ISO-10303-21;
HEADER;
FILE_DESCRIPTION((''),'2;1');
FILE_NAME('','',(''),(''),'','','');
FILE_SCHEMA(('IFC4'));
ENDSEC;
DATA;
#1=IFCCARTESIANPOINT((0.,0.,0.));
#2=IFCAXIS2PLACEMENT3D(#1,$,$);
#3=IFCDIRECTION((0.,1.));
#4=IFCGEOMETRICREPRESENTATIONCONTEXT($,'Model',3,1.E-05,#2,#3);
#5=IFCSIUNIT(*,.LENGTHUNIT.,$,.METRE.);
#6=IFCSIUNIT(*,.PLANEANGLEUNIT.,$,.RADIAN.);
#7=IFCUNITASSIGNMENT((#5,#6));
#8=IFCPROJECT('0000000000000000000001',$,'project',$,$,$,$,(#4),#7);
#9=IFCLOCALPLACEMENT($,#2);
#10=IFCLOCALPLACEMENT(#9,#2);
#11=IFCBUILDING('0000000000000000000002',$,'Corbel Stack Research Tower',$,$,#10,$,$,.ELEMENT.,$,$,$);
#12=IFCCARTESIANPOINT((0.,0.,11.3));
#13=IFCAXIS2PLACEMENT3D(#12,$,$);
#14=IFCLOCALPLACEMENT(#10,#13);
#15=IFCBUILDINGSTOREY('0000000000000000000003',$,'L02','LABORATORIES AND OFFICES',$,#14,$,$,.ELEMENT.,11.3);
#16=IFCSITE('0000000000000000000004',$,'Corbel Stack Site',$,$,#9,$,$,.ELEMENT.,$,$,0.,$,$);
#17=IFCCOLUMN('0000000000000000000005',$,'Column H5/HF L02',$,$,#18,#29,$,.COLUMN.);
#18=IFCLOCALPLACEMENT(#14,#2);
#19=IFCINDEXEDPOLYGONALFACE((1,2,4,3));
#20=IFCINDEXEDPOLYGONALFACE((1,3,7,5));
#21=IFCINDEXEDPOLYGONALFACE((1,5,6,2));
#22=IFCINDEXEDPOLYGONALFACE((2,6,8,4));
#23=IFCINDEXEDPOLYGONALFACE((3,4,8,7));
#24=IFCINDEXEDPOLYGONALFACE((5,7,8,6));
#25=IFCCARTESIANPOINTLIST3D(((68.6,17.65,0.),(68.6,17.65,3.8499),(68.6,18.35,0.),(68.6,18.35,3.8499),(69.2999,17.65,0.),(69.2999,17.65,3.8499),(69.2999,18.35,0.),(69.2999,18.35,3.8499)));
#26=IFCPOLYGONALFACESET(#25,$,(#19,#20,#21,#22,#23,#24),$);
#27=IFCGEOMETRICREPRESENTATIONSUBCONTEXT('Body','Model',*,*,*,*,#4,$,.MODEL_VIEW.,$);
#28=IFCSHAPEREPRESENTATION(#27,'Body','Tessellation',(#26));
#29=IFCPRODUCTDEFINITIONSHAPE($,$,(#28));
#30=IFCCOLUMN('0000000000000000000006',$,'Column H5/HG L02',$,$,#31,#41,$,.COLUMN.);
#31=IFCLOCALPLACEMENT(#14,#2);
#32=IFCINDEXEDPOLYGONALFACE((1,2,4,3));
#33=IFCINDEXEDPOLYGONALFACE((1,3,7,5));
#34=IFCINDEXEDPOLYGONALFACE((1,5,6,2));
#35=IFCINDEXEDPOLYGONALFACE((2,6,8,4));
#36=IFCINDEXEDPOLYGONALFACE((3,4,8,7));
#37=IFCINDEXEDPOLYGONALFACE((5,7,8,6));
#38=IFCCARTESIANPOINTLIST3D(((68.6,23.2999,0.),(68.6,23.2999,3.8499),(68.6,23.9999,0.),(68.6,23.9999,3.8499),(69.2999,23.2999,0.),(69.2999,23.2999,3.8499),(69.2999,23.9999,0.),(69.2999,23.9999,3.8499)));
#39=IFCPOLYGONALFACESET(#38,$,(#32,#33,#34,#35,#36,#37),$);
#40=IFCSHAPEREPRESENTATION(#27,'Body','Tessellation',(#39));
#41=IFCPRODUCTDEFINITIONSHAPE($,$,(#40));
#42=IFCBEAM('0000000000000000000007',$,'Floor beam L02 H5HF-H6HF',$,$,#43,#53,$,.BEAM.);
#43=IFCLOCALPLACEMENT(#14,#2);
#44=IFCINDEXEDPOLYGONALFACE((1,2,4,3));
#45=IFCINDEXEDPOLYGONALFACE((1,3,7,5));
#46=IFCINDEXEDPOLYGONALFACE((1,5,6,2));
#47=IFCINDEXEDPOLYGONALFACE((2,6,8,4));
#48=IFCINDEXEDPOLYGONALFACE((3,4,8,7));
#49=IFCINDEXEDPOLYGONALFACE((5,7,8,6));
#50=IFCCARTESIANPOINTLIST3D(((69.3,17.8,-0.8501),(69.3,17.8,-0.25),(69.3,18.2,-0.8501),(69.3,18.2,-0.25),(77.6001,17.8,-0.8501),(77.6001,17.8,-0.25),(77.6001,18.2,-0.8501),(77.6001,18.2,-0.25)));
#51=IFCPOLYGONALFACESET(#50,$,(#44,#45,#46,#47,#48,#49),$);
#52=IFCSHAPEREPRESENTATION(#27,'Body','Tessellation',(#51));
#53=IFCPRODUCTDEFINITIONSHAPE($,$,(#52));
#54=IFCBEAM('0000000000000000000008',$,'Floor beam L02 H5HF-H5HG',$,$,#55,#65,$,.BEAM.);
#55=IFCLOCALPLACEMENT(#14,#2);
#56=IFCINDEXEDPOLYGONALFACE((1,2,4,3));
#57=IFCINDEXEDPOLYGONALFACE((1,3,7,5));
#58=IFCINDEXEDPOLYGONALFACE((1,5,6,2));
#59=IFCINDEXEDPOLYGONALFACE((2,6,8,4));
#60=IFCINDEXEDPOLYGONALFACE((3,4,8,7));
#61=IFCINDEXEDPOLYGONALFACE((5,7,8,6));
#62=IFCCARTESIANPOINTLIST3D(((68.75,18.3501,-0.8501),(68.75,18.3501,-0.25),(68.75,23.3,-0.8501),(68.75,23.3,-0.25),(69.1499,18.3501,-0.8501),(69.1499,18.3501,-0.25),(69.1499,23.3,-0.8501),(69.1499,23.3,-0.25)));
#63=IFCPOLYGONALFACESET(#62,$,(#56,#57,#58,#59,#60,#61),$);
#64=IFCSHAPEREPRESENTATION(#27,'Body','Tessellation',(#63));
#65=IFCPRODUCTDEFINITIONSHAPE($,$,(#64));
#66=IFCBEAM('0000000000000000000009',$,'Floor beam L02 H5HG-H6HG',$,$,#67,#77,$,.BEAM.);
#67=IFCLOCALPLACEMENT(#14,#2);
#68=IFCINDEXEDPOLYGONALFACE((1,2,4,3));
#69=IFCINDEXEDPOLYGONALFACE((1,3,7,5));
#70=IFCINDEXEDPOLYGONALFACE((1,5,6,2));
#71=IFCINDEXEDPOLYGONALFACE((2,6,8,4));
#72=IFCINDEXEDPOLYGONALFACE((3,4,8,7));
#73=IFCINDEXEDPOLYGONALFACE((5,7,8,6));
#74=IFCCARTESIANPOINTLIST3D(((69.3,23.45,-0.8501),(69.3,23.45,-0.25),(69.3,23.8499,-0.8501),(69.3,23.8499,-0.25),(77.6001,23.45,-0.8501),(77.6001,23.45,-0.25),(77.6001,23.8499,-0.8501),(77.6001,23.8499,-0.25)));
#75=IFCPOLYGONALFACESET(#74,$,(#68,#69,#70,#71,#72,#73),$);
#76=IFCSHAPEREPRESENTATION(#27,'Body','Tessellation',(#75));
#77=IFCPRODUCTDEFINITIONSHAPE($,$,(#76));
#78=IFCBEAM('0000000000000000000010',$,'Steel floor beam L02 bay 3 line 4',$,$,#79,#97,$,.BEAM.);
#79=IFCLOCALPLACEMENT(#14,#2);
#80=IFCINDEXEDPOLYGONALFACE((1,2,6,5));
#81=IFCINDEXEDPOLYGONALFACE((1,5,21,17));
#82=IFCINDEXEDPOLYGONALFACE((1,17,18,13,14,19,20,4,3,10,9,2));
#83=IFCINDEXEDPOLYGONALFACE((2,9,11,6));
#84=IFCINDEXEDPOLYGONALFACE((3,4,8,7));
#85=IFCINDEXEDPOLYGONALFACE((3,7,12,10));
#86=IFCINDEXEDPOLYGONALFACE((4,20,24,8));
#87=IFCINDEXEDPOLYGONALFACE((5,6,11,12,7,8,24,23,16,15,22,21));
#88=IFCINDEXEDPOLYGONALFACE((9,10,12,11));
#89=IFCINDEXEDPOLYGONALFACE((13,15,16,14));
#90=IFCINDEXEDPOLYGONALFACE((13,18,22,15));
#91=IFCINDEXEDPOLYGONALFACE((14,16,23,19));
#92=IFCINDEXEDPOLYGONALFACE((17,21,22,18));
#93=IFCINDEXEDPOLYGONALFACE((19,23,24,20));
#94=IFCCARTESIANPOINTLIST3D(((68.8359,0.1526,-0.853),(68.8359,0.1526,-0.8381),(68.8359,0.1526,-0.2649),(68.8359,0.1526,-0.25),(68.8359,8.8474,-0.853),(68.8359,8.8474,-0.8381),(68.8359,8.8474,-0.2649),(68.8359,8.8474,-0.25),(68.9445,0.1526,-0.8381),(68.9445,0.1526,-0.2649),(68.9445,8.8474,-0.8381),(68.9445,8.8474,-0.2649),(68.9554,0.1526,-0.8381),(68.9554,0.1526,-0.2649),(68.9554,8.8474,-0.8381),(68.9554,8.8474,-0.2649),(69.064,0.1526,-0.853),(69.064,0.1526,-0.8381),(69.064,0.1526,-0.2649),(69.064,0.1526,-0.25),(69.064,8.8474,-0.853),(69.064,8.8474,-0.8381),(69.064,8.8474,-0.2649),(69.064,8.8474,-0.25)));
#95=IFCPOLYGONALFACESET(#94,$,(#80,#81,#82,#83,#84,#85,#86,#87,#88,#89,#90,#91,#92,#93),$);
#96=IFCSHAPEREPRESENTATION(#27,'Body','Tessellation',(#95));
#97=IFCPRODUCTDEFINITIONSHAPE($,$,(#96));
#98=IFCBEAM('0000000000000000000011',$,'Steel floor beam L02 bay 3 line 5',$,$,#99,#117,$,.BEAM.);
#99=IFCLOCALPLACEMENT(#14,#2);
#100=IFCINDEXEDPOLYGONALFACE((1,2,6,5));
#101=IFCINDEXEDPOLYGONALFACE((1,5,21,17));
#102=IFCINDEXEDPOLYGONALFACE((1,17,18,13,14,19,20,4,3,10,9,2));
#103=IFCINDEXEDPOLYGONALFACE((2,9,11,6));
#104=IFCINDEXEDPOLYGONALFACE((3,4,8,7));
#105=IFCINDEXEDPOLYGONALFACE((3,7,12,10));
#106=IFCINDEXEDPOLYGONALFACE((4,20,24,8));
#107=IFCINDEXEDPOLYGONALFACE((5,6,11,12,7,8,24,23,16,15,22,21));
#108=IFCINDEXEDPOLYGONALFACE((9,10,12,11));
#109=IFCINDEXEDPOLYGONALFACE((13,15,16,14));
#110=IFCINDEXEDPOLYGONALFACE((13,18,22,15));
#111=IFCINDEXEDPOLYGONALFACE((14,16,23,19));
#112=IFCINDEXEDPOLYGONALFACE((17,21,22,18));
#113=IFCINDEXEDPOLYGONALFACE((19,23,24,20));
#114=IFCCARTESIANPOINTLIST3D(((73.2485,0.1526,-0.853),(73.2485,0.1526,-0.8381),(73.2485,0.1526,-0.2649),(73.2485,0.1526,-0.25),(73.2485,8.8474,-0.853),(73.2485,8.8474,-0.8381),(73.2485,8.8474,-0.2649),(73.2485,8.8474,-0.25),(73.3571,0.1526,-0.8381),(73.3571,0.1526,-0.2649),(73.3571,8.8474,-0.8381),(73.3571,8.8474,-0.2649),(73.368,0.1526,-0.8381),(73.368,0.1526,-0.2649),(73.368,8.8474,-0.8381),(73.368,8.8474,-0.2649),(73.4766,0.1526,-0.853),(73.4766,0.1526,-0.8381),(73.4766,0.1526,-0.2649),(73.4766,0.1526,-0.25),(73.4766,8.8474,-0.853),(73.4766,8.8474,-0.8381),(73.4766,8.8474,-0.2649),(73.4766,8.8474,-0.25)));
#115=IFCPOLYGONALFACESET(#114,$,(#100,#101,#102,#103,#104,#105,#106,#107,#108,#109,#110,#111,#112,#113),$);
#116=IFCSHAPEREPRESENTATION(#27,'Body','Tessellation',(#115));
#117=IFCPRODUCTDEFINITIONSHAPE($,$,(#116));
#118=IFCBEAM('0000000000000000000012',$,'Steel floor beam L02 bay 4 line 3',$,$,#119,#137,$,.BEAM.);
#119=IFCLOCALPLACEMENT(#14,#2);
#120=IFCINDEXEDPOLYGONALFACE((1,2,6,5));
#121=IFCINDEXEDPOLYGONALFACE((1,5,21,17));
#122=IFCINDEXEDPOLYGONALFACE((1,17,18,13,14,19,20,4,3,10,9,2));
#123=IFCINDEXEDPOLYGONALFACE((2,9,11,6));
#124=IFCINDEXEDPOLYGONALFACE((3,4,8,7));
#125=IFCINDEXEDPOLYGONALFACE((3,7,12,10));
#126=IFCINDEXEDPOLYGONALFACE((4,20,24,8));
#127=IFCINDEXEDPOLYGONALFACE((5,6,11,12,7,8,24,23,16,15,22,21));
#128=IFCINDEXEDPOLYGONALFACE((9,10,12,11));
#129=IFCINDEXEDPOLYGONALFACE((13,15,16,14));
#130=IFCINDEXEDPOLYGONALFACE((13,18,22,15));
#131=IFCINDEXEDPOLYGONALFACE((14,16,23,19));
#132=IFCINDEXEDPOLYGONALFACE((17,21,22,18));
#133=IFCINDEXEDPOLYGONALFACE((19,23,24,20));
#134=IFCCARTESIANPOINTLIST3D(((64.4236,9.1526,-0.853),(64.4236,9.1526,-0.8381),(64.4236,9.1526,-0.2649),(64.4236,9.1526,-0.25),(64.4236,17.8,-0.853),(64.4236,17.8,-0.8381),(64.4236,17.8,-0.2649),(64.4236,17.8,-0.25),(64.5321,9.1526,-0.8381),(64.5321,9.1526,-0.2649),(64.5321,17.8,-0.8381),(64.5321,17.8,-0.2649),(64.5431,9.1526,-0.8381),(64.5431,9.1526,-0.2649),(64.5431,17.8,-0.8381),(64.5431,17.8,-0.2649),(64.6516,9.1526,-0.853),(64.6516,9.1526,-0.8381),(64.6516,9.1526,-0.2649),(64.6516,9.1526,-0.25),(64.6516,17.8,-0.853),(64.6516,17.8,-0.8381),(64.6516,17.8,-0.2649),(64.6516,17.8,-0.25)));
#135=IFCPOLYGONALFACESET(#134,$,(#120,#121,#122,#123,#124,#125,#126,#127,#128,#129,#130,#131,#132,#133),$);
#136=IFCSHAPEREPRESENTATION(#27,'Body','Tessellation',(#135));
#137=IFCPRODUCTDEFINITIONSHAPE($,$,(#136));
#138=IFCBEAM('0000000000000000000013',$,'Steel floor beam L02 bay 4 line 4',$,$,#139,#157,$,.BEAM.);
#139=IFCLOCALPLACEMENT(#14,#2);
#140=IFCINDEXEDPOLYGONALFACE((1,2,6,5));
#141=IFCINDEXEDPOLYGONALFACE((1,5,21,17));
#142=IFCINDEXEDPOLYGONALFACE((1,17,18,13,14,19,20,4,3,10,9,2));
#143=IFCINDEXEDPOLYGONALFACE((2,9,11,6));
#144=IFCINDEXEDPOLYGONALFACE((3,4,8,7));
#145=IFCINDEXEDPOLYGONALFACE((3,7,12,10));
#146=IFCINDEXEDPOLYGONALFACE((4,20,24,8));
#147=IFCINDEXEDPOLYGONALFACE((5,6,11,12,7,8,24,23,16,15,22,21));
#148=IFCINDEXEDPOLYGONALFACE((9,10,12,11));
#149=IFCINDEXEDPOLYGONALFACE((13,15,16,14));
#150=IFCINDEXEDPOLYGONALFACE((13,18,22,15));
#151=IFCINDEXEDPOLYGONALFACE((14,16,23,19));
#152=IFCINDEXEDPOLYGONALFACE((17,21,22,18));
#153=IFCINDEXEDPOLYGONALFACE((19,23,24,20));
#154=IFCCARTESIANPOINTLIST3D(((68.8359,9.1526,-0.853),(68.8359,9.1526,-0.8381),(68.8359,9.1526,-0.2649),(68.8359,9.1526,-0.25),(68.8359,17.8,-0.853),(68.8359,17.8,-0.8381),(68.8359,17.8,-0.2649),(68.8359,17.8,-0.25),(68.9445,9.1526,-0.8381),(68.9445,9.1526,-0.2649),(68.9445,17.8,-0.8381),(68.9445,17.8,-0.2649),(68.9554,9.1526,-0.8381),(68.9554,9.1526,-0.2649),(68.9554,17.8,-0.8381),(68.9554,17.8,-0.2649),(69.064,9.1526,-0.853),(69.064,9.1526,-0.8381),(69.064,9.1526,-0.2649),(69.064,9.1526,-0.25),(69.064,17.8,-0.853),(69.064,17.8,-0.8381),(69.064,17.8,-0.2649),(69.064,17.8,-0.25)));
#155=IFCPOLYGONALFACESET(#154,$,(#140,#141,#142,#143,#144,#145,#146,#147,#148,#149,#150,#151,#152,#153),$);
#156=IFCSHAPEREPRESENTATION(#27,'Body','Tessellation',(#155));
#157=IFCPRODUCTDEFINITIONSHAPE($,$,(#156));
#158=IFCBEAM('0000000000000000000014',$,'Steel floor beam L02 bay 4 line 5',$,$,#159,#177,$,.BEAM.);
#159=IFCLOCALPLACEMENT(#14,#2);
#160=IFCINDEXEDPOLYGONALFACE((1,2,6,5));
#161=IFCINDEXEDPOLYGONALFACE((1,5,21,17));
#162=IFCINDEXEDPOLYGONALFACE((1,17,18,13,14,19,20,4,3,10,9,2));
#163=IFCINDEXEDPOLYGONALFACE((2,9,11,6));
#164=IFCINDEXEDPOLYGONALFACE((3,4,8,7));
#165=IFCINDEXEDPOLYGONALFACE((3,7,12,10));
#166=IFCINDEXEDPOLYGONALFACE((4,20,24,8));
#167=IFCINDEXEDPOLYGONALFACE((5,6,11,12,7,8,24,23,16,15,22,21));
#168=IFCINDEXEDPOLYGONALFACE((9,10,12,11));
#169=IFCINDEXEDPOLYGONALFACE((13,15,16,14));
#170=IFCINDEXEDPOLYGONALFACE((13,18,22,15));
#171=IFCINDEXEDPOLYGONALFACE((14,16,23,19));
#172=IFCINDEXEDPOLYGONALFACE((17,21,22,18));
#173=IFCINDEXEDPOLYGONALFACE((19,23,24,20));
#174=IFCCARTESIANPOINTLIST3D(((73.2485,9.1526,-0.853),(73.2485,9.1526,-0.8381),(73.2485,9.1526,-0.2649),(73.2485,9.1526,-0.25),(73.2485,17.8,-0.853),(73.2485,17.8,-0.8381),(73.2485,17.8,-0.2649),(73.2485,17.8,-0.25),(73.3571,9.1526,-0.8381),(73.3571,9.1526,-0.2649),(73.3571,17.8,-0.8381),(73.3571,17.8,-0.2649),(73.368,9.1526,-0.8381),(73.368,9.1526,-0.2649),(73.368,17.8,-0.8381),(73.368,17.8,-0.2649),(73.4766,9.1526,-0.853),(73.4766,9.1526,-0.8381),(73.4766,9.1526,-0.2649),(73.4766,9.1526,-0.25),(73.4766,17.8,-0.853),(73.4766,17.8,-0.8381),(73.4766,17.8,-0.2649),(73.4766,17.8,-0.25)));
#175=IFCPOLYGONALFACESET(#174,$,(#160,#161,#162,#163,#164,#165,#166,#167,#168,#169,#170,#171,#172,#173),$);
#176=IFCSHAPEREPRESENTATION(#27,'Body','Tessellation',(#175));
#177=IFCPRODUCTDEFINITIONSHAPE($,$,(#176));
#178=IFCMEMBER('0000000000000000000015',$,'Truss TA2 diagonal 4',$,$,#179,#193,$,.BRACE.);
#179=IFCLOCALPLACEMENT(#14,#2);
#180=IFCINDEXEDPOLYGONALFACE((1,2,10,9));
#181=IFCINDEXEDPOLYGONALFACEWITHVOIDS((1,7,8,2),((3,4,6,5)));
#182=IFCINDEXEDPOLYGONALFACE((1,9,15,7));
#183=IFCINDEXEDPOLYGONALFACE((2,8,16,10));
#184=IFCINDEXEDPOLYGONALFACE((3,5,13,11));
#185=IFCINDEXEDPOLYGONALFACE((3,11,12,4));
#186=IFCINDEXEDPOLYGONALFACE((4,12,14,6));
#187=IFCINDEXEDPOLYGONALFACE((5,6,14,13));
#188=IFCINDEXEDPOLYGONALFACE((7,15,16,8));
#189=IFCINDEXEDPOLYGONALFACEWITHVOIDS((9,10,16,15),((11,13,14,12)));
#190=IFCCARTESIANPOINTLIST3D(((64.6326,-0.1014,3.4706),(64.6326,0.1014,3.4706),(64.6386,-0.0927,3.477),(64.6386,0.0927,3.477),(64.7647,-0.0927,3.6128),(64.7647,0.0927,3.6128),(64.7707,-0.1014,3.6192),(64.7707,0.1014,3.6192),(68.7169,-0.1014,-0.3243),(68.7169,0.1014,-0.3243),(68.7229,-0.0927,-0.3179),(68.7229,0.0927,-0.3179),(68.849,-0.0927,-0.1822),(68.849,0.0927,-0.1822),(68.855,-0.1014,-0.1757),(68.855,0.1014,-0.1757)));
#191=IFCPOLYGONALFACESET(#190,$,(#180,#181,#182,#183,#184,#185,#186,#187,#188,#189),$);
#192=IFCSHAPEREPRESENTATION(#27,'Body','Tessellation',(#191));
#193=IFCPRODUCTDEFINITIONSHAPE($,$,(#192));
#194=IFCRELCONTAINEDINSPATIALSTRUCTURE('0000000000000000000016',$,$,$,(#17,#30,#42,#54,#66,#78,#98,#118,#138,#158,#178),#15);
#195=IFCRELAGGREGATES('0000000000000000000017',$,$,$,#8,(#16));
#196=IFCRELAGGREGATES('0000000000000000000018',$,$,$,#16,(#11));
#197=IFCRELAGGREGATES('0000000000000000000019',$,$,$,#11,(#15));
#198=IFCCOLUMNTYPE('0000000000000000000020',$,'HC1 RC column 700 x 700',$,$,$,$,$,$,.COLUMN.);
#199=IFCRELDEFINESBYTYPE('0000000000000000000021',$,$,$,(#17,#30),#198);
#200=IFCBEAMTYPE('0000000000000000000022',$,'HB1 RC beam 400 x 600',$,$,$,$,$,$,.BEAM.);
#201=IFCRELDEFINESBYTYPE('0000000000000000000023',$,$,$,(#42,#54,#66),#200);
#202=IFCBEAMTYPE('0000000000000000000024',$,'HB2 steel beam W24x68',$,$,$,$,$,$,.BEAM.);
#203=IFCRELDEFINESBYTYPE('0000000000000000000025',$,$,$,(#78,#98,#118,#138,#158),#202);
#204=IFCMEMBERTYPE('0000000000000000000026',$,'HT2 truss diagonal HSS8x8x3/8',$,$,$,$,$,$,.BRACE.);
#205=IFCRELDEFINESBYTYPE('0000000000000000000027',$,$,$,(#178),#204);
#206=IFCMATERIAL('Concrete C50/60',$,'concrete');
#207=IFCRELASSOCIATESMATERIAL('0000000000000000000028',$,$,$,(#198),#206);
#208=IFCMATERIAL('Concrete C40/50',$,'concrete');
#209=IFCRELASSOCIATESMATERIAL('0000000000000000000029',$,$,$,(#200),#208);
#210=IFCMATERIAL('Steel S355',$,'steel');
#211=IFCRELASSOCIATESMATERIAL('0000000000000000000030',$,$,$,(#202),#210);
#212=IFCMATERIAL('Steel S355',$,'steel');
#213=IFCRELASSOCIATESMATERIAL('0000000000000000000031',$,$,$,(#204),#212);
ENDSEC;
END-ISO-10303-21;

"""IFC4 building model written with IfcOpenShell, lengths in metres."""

from ifc_helpers import new_model, si_unit, direction, frame, origin, origin_2d, place, context, subcontext, project, spatial, rectangle, hollow_rectangle, i_section, extrude, material, material_profile, profile_set, type_object, element, save


model = new_model("IFC4")

# Units and contexts
model_context = context("Model", 3, precision=1e-05, world=origin(), true_north=direction((0.0, 1.0)))
body_context = subcontext(model_context, "Body", "Model", "MODEL_VIEW")
ifc_project = project(units=[si_unit("LENGTHUNIT", "METRE"), si_unit("PLANEANGLEUNIT", "RADIAN")], contexts=[model_context])

# Site, building, storey
site_placement = place(None, origin())
site = spatial("IfcSite", under=ifc_project, at=site_placement, Name="Corbel Stack Site", CompositionType="ELEMENT", RefElevation=0.0)
building_placement = place(site_placement, origin())
building = spatial("IfcBuilding", under=site, at=building_placement, Name="Corbel Stack Research Tower", CompositionType="ELEMENT")
storey_placement = place(building_placement, frame((0.0, 0.0, 11.3)))
storey = spatial("IfcBuildingStorey", under=building, at=storey_placement, Name="L02", Description="LABORATORIES AND OFFICES", CompositionType="ELEMENT", Elevation=11.3)

# Columns
ifc_material_1 = material(Name="Concrete C50/60", Category="concrete")
ifc_material_profile_1 = material_profile(ifc_material_1, rectangle(XDim=0.7, YDim=0.7, at=origin_2d()), Name="RC 700 x 700")
ifc_profile_set_1 = profile_set([ifc_material_profile_1], Name="Concrete C50/60")
column_type = type_object("IfcColumnType", Name="HC1 RC column 700 x 700", PredefinedType="COLUMN", material=ifc_profile_set_1)
for number, where, z_axis, x_axis, name in (
    (1, (68.95, 18.0, 0.0), (0.0, 0.0, 1.0), (1.0, 0.0, 0.0), "Column H5/HF L02"),
    (2, (68.95, 23.6499, 0.0), (0.0, 0.0, 1.0), (1.0, 0.0, 0.0), "Column H5/HG L02"),
):
    element("IfcColumn", number, at=place(storey_placement, frame(where, z_axis=z_axis, x_axis=x_axis)), inside=storey, type_object=column_type, Name=name, PredefinedType="COLUMN", context=body_context, shape_type="SweptSolid", body=[
        extrude(rectangle(XDim=0.7, YDim=0.7, at=origin_2d()), origin(), (0.0, 0.0, 1.0), 3.8499),
    ])

# Beams
ifc_material_2 = material(Name="Concrete C40/50", Category="concrete")
ifc_material_profile_2 = material_profile(ifc_material_2, rectangle(XDim=0.3999, YDim=0.6001, at=origin_2d()), Name="RC 400 x 600")
ifc_profile_set_2 = profile_set([ifc_material_profile_2], Name="Concrete C40/50")
beam_type_1 = type_object("IfcBeamType", Name="HB1 RC beam 400 x 600", PredefinedType="BEAM", material=ifc_profile_set_2)
beam_1_placement = place(storey_placement, frame((69.3, 18.0, -0.55), z_axis=(1.0, 0.0, 0.0), x_axis=(0.0, 1.0, 0.0)))
element("IfcBeam", 3, at=beam_1_placement, inside=storey, type_object=beam_type_1, Name="Floor beam L02 H5HF-H6HF", PredefinedType="BEAM", context=body_context, shape_type="SweptSolid", body=[
    extrude(rectangle(XDim=0.3999, YDim=0.6001, at=origin_2d()), origin(), (0.0, 0.0, 1.0), 8.3),
])
beam_2_placement = place(storey_placement, frame((68.95, 18.3501, -0.55), z_axis=(0.0, 1.0, 0.0), x_axis=(-1.0, 0.0, 0.0)))
element("IfcBeam", 4, at=beam_2_placement, inside=storey, type_object=beam_type_1, Name="Floor beam L02 H5HF-H5HG", PredefinedType="BEAM", context=body_context, shape_type="SweptSolid", body=[
    extrude(rectangle(XDim=0.3999, YDim=0.6001, at=origin_2d()), origin(), (0.0, 0.0, 1.0), 4.95),
])
beam_3_placement = place(storey_placement, frame((69.3, 23.6499, -0.55), z_axis=(1.0, 0.0, 0.0), x_axis=(0.0, 1.0, 0.0)))
element("IfcBeam", 5, at=beam_3_placement, inside=storey, type_object=beam_type_1, Name="Floor beam L02 H5HG-H6HG", PredefinedType="BEAM", context=body_context, shape_type="SweptSolid", body=[
    extrude(rectangle(XDim=0.3999, YDim=0.6001, at=origin_2d()), origin(), (0.0, 0.0, 1.0), 8.3),
])
ifc_material_3 = material(Name="Steel S355", Category="steel")
ifc_material_profile_3 = material_profile(ifc_material_3, i_section(OverallWidth=0.228, OverallDepth=0.603, WebThickness=0.011, FlangeThickness=0.0149, at=origin_2d()), Name="W24x68")
ifc_profile_set_3 = profile_set([ifc_material_profile_3], Name="Steel S355")
beam_type_2 = type_object("IfcBeamType", Name="HB2 steel beam W24x68", PredefinedType="BEAM", material=ifc_profile_set_3)
for number, where, z_axis, x_axis, name in (
    (6, (68.95, 0.1526, -0.5515), (0.0, 1.0, 0.0), (-1.0, 0.0, 0.0), "Steel floor beam L02 bay 3 line 4"),
    (7, (73.3625, 0.1526, -0.5515), (0.0, 1.0, 0.0), (-1.0, 0.0, 0.0), "Steel floor beam L02 bay 3 line 5"),
):
    element("IfcBeam", number, at=place(storey_placement, frame(where, z_axis=z_axis, x_axis=x_axis)), inside=storey, type_object=beam_type_2, Name=name, PredefinedType="BEAM", context=body_context, shape_type="SweptSolid", body=[
        extrude(i_section(OverallWidth=0.228, OverallDepth=0.603, WebThickness=0.011, FlangeThickness=0.0149, at=origin_2d()), origin(), (0.0, 0.0, 1.0), 8.6948),
    ])
for number, where, z_axis, x_axis, name in (
    (8, (64.5376, 9.1526, -0.5515), (0.0, 1.0, 0.0), (-1.0, 0.0, 0.0), "Steel floor beam L02 bay 4 line 3"),
    (9, (68.95, 9.1526, -0.5515), (0.0, 1.0, 0.0), (-1.0, 0.0, 0.0), "Steel floor beam L02 bay 4 line 4"),
    (10, (73.3625, 9.1526, -0.5515), (0.0, 1.0, 0.0), (-1.0, 0.0, 0.0), "Steel floor beam L02 bay 4 line 5"),
):
    element("IfcBeam", number, at=place(storey_placement, frame(where, z_axis=z_axis, x_axis=x_axis)), inside=storey, type_object=beam_type_2, Name=name, PredefinedType="BEAM", context=body_context, shape_type="SweptSolid", body=[
        extrude(i_section(OverallWidth=0.228, OverallDepth=0.603, WebThickness=0.011, FlangeThickness=0.0149, at=origin_2d()), origin(), (0.0, 0.0, 1.0), 8.6475),
    ])

# Member
ifc_material_4 = material(Name="Steel S355", Category="steel")
ifc_material_profile_4 = material_profile(ifc_material_4, hollow_rectangle(XDim=0.2029, YDim=0.2029, WallThickness=0.0088, at=origin_2d()), Name="HSS8x8x3/8")
ifc_profile_set_4 = profile_set([ifc_material_profile_4], Name="Steel S355")
member_type_1 = type_object("IfcMemberType", Name="HT2 truss diagonal HSS8x8x3/8", PredefinedType="BRACE", material=ifc_profile_set_4)
member_1_placement = place(storey_placement, frame((64.7017, 0.0, 3.5449), z_axis=(0.732577, 0.0, -0.680685), x_axis=(0.0, 1.0, 0.0)))
element("IfcMember", 11, at=member_1_placement, inside=storey, type_object=member_type_1, Name="Truss TA2 diagonal 4", PredefinedType="BRACE", context=body_context, shape_type="SweptSolid", body=[
    extrude(hollow_rectangle(XDim=0.2029, YDim=0.2029, WallThickness=0.0088, at=origin_2d()), origin(), (0.0, 0.0, 1.0), 5.5752),
])

save(model, "model.ifc")
